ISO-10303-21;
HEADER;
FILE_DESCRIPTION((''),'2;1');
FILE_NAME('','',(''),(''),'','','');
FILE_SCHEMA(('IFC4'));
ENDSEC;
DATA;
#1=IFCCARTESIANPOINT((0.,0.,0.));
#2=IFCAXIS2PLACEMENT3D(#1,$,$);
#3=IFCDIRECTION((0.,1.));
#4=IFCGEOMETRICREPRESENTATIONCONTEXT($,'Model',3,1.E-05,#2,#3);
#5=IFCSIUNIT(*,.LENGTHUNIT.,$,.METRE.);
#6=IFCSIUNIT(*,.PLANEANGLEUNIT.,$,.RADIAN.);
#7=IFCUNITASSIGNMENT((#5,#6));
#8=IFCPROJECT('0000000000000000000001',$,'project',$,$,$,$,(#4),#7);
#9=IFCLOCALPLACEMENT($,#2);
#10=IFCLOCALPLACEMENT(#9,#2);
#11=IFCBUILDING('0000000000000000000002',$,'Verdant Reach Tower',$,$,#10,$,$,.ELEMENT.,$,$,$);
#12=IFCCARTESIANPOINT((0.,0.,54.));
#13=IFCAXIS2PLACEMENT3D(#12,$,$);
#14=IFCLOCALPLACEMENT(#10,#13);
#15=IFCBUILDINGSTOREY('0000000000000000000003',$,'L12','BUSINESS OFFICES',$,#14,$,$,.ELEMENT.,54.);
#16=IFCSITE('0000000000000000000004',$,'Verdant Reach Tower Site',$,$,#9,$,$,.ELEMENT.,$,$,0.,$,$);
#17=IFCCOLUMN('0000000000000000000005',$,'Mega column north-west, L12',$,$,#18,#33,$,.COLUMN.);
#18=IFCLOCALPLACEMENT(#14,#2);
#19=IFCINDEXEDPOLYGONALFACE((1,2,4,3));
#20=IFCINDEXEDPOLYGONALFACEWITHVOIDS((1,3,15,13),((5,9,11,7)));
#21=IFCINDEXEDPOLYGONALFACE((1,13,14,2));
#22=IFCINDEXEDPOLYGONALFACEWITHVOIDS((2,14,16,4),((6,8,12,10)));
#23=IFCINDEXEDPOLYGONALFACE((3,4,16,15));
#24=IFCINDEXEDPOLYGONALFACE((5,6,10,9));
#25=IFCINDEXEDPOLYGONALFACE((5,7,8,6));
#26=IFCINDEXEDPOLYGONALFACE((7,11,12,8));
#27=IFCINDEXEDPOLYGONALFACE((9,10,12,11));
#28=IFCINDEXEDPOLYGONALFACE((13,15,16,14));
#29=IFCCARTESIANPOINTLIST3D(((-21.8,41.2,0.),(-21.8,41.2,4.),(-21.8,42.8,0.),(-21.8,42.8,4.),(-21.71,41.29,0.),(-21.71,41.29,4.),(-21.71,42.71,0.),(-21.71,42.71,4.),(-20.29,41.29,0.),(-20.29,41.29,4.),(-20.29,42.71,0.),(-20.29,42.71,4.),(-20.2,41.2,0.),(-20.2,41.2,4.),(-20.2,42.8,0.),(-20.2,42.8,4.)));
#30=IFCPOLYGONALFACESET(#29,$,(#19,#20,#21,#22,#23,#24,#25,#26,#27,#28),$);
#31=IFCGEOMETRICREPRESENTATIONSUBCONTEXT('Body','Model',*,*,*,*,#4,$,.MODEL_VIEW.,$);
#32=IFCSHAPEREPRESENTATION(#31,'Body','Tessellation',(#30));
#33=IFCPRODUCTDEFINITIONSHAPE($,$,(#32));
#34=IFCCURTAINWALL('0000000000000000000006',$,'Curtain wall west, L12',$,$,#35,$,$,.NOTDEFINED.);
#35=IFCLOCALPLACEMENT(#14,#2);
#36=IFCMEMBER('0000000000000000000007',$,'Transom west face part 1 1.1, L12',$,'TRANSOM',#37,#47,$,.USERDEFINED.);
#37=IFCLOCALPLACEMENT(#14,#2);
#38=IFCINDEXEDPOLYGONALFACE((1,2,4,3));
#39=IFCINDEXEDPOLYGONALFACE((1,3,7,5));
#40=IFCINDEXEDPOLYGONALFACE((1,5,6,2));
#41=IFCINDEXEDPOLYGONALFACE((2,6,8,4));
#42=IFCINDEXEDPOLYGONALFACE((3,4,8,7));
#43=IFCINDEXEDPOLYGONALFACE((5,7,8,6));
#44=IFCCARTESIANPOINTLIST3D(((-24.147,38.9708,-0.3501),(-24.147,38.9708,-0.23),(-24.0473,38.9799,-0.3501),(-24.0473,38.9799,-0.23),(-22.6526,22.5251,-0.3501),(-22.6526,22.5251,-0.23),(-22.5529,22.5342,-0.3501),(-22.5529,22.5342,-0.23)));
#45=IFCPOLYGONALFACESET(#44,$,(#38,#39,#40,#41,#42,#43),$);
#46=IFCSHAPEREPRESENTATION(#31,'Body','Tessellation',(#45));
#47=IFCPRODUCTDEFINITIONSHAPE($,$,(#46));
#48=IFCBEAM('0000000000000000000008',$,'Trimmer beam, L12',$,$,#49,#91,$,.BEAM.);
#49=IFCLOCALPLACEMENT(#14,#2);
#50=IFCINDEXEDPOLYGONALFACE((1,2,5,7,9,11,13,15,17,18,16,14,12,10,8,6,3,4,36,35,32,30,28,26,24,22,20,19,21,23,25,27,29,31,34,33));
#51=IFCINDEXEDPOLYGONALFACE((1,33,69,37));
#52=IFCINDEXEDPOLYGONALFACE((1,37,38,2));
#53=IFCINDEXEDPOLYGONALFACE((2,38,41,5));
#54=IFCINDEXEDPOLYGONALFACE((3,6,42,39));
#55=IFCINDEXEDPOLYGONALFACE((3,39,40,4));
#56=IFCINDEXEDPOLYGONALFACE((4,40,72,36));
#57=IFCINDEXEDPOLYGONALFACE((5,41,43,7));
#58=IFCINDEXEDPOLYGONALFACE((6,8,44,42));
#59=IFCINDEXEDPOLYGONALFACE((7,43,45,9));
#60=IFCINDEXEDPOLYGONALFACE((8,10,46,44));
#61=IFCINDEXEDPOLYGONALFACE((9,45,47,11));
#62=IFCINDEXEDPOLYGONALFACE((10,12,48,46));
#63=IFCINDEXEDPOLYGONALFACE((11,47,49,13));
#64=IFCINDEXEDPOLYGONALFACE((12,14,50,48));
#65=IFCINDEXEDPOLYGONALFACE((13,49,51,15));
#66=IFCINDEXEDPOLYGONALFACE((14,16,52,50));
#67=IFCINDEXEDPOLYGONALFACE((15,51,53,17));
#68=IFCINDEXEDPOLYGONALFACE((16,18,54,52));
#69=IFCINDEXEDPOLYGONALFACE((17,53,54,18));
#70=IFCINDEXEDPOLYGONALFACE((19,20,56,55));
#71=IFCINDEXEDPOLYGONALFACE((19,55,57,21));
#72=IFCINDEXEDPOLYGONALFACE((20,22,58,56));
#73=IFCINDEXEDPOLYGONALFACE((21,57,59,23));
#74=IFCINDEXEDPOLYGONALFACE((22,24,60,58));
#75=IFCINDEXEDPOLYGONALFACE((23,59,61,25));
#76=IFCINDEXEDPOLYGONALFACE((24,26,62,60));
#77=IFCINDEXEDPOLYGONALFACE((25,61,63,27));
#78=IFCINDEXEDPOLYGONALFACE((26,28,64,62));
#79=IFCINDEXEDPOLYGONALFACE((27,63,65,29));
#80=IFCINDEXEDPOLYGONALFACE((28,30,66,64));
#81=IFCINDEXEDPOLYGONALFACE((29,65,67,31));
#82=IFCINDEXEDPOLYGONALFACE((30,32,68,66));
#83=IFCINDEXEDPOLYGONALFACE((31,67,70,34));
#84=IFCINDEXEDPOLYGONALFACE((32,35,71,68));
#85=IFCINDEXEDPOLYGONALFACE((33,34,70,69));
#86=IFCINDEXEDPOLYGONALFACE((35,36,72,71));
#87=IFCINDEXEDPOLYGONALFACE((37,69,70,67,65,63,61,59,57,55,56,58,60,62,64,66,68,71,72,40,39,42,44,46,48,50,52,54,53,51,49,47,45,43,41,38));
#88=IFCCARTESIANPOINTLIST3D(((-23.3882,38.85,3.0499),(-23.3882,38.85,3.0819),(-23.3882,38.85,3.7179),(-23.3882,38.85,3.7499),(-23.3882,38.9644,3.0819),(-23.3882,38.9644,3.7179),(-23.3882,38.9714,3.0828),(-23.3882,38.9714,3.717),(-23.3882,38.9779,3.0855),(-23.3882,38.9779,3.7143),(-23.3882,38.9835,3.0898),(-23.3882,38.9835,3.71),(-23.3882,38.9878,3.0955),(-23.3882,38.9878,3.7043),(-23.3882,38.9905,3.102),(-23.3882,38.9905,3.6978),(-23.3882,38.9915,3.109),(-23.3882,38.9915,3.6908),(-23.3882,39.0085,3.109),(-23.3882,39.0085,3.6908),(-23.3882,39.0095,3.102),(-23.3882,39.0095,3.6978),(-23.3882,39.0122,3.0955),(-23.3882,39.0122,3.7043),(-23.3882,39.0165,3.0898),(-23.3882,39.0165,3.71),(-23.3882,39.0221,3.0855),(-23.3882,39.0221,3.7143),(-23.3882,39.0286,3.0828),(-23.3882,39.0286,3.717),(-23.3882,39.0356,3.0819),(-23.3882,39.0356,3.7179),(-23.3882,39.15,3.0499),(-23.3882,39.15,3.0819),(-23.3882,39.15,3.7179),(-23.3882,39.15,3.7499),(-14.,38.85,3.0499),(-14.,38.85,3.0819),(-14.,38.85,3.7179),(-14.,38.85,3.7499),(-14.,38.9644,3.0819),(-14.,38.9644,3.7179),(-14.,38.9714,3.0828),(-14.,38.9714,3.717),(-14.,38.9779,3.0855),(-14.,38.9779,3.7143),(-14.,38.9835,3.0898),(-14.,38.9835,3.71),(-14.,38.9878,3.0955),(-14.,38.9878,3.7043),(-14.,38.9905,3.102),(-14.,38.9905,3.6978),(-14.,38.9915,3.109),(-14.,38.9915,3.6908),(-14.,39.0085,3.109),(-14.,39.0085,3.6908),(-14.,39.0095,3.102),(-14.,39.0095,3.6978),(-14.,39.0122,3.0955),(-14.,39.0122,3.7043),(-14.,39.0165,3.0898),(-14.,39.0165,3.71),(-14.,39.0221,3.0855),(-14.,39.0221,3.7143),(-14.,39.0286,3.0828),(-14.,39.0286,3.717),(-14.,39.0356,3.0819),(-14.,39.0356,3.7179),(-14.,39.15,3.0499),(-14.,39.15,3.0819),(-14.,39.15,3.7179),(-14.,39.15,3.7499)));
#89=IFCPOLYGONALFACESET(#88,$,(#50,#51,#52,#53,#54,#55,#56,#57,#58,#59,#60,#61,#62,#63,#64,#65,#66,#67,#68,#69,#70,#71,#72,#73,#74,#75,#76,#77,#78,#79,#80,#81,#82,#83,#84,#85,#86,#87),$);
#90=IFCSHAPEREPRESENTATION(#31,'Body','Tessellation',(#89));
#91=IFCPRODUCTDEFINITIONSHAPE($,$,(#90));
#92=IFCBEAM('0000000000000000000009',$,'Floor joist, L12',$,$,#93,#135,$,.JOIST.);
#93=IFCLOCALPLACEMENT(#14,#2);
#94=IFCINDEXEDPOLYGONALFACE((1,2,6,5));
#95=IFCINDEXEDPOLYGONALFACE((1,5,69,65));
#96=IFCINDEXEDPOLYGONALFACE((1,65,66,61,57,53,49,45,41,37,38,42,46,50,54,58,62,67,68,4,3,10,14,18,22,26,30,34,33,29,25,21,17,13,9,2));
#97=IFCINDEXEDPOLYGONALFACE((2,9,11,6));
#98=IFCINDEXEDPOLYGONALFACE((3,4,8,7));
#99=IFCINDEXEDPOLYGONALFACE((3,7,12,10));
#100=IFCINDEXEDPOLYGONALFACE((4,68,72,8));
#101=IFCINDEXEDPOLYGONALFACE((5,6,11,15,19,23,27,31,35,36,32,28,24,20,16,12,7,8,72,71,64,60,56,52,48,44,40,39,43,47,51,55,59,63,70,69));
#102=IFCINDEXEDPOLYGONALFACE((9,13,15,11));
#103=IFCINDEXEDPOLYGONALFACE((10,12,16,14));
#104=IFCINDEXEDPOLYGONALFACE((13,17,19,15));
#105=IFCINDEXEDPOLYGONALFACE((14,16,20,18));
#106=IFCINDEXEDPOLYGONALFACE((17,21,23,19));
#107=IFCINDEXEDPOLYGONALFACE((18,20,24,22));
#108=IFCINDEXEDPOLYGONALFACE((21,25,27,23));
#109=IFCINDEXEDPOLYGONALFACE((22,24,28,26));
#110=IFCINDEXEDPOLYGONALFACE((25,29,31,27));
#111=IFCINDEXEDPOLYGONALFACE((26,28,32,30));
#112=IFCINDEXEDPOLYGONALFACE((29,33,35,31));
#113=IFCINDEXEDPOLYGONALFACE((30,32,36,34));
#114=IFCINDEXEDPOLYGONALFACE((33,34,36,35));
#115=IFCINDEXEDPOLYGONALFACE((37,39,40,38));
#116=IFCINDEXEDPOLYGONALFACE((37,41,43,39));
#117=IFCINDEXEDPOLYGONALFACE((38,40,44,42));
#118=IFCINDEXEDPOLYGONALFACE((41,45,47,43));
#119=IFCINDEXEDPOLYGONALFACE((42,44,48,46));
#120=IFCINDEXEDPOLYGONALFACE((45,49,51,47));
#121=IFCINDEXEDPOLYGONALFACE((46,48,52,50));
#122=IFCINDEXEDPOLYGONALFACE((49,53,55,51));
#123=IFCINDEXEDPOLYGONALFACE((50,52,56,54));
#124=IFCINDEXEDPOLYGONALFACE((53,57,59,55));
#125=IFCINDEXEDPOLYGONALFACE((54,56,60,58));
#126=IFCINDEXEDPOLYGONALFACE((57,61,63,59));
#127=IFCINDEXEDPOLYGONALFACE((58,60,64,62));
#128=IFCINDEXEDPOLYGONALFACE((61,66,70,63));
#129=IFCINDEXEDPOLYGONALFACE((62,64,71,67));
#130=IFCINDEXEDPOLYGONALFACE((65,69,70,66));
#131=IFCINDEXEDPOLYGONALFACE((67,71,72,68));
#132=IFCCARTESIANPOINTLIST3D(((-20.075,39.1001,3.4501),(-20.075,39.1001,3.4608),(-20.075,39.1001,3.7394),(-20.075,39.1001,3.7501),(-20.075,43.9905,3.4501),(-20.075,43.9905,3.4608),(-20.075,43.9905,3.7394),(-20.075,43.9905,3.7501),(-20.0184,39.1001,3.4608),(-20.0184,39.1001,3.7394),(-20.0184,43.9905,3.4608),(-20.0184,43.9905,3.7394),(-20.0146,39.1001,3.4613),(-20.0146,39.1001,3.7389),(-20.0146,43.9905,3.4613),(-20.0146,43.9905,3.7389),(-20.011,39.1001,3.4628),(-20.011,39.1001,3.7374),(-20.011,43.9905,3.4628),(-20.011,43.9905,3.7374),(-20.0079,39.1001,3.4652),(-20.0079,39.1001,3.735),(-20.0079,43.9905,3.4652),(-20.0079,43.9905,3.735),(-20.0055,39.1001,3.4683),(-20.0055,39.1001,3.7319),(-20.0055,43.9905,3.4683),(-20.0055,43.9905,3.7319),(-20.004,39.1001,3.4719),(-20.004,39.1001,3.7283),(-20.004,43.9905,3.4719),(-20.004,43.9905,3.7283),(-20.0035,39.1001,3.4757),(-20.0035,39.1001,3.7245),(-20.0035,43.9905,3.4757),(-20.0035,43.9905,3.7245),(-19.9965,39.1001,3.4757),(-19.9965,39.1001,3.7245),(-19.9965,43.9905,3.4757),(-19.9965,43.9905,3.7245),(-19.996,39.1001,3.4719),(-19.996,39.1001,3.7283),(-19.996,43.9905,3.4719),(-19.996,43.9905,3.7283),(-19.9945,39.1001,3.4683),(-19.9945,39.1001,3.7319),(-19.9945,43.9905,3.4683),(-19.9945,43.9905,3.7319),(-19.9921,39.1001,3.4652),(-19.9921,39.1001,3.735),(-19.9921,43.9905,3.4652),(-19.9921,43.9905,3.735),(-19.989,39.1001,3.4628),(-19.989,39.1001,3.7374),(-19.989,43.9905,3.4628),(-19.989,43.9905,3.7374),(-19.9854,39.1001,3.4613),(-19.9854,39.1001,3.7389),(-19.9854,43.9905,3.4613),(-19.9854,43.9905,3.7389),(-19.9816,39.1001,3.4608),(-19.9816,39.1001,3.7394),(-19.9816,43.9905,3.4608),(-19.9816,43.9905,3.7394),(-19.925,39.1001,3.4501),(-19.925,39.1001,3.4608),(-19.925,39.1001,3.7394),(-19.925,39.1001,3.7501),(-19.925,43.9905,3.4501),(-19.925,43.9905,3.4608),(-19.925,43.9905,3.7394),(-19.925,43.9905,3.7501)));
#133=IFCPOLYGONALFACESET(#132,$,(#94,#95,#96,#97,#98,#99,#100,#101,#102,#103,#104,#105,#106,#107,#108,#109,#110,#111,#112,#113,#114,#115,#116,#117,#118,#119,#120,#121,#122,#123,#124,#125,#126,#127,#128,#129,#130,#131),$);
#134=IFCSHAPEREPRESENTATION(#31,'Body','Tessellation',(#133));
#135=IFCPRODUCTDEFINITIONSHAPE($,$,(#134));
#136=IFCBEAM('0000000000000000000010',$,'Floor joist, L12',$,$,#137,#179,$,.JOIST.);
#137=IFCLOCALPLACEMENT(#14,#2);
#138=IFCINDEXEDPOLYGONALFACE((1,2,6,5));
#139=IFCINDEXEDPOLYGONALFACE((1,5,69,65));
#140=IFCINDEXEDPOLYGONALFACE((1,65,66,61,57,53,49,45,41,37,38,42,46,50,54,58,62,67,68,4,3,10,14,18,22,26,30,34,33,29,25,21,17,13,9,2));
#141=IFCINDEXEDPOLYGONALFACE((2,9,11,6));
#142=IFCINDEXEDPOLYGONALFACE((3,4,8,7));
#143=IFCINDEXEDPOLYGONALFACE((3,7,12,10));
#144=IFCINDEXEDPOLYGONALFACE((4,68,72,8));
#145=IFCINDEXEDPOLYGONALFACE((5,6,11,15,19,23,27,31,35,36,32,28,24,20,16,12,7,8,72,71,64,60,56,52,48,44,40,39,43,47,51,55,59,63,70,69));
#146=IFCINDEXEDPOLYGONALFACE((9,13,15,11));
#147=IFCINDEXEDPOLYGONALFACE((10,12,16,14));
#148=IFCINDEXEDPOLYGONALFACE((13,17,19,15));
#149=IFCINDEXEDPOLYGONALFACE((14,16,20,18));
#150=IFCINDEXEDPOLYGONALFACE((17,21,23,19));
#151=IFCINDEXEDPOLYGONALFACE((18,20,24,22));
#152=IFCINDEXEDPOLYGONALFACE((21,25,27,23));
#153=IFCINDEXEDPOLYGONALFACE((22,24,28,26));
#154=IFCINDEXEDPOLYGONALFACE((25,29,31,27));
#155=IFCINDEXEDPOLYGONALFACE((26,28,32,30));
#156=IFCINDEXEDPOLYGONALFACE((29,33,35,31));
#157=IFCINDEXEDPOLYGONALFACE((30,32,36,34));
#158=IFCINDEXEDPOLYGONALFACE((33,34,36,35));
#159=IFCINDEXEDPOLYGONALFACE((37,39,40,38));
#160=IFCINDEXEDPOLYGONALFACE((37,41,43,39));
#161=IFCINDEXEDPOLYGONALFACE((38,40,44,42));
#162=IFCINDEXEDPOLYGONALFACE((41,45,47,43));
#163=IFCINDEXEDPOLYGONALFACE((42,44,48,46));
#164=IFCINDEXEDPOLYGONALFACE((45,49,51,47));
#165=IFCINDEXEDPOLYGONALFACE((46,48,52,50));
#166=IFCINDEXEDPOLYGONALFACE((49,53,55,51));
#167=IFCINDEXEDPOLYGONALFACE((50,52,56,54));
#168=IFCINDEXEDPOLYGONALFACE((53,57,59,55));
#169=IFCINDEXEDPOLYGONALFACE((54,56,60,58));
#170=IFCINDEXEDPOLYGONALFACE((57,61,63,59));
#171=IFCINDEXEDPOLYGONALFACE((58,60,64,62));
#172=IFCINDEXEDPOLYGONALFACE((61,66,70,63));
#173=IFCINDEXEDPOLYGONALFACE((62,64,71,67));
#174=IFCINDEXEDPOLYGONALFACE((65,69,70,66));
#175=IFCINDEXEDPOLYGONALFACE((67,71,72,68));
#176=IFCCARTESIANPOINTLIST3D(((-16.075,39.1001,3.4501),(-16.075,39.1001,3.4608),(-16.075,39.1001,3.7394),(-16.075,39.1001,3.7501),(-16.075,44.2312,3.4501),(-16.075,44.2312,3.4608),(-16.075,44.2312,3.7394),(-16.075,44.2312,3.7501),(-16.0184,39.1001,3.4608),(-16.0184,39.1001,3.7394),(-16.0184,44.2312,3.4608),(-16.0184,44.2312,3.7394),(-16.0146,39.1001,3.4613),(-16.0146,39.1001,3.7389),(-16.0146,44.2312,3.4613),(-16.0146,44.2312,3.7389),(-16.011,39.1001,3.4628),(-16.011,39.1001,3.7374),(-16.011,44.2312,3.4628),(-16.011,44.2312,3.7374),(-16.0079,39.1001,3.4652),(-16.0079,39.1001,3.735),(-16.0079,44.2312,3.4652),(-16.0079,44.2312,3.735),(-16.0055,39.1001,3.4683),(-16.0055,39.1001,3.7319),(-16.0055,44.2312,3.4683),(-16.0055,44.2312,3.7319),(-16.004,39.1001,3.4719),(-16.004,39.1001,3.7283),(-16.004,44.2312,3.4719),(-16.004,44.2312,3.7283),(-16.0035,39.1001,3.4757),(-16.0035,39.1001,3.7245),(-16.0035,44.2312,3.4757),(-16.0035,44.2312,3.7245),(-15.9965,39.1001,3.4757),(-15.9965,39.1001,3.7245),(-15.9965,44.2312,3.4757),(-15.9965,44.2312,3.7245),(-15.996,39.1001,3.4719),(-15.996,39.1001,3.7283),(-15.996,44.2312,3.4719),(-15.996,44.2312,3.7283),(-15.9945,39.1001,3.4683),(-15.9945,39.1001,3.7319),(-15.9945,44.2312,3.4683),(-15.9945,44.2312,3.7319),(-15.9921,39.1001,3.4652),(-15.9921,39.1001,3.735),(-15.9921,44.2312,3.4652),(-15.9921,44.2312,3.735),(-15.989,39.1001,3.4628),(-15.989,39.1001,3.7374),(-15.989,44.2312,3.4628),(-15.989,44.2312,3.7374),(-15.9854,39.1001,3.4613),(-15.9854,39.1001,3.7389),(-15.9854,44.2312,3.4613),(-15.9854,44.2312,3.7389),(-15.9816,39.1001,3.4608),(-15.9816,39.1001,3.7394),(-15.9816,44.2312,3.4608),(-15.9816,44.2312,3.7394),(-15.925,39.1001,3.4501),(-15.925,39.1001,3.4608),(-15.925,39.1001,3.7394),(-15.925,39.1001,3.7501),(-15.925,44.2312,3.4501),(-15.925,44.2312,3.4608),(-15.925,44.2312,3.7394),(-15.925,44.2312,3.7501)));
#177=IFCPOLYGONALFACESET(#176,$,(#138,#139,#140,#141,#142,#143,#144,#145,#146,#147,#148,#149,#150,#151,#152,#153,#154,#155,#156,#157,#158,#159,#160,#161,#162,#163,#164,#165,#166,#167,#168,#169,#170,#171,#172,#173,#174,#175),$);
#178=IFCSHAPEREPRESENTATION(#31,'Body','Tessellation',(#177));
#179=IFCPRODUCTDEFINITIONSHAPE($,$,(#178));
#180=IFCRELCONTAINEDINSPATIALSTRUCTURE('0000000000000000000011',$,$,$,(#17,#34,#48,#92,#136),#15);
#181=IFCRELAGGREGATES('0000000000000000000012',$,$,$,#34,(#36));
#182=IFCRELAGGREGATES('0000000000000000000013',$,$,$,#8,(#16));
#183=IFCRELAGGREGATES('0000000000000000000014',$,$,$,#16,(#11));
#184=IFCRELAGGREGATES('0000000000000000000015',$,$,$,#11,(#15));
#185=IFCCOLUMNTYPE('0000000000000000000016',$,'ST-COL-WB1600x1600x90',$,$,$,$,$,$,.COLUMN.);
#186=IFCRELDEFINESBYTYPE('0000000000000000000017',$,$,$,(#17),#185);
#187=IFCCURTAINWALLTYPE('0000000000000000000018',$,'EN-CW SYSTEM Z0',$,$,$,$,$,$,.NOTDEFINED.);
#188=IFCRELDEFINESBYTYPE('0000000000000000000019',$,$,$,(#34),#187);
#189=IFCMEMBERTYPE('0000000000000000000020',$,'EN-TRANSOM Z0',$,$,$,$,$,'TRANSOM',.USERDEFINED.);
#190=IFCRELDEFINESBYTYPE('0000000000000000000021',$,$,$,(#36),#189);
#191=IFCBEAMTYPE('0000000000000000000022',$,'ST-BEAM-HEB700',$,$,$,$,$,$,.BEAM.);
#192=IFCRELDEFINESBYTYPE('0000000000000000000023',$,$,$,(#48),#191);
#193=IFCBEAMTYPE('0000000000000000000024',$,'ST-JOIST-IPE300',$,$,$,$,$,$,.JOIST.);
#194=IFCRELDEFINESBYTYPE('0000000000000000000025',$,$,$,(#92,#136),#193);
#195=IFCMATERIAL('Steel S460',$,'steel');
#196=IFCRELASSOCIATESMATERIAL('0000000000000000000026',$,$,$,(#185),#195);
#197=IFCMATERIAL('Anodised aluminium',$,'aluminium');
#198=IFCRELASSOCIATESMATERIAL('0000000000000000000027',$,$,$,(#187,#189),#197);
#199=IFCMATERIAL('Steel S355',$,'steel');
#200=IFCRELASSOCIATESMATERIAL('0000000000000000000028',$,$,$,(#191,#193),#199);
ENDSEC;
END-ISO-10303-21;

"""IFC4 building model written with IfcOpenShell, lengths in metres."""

from ifc_helpers import new_model, si_unit, direction, frame, origin, origin_2d, place, context, subcontext, project, spatial, rectangle, hollow_rectangle, i_section, extrude, material, material_profile, profile_set, type_object, element, aggregate, save


model = new_model("IFC4")

# Units and contexts
model_context = context("Model", 3, precision=1e-05, world=origin(), true_north=direction((0.0, 1.0)))
body_context = subcontext(model_context, "Body", "Model", "MODEL_VIEW")
ifc_project = project(units=[si_unit("LENGTHUNIT", "METRE"), si_unit("PLANEANGLEUNIT", "RADIAN")], contexts=[model_context])

# Site, building, storey
site_placement = place(None, origin())
site = spatial("IfcSite", under=ifc_project, at=site_placement, Name="Verdant Reach Tower Site", CompositionType="ELEMENT", RefElevation=0.0)
building_placement = place(site_placement, origin())
building = spatial("IfcBuilding", under=site, at=building_placement, Name="Verdant Reach Tower", CompositionType="ELEMENT")
storey_placement = place(building_placement, frame((0.0, 0.0, 54.0)))
storey = spatial("IfcBuildingStorey", under=building, at=storey_placement, Name="L12", Description="BUSINESS OFFICES", CompositionType="ELEMENT", Elevation=54.0)

# Column
ifc_material_1 = material(Name="Steel S460", Category="steel")
ifc_material_profile_1 = material_profile(ifc_material_1, hollow_rectangle(XDim=1.6001, YDim=1.6001, WallThickness=0.0901, at=origin_2d()), Name="WB 1600x1600x90")
ifc_profile_set_1 = profile_set([ifc_material_profile_1], Name="Steel S460")
column_type = type_object("IfcColumnType", Name="ST-COL-WB1600x1600x90", PredefinedType="COLUMN", material=ifc_profile_set_1)
column_placement = place(storey_placement, frame((-21.0, 42.0, 0.0), z_axis=(0.0, 0.0, 1.0), x_axis=(1.0, 0.0, 0.0)))
element("IfcColumn", 1, at=column_placement, inside=storey, type_object=column_type, Name="Mega column north-west, L12", PredefinedType="COLUMN", context=body_context, shape_type="SweptSolid", body=[
    extrude(hollow_rectangle(XDim=1.6001, YDim=1.6001, WallThickness=0.0901, at=origin_2d()), origin(), (0.0, 0.0, 1.0), 4.0),
])

# Curtain wall, member
ifc_material_2 = material(Name="Anodised aluminium", Category="aluminium")
curtain_wall_type = type_object("IfcCurtainWallType", Name="EN-CW SYSTEM Z0", PredefinedType="NOTDEFINED", material=ifc_material_2)
curtain_wall_1_placement = place(storey_placement, origin())
curtain_wall_1 = element("IfcCurtainWall", 2, at=curtain_wall_1_placement, inside=storey, type_object=curtain_wall_type, Name="Curtain wall west, L12", PredefinedType="NOTDEFINED")
ifc_material_profile_2 = material_profile(ifc_material_2, rectangle(XDim=0.1001, YDim=0.1201, at=origin_2d()), Name="Transom 120x100")
ifc_profile_set_2 = profile_set([ifc_material_profile_2], Name="Anodised aluminium")
member_type = type_object("IfcMemberType", Name="EN-TRANSOM Z0", ElementType="TRANSOM", PredefinedType="USERDEFINED", material=ifc_profile_set_2)
member_placement = place(storey_placement, frame((-24.0972, 38.9753, -0.29), z_axis=(0.090496, -0.995897, 0.0), x_axis=(0.995897, 0.090496, 0.0)))
member = element("IfcMember", 3, at=member_placement, type_object=member_type, Name="Transom west face part 1 1.1, L12", ObjectType="TRANSOM", PredefinedType="USERDEFINED", context=body_context, shape_type="SweptSolid", body=[
    extrude(rectangle(XDim=0.1001, YDim=0.1201, at=origin_2d()), origin(), (0.0, 0.0, 1.0), 16.5134),
])
aggregate(curtain_wall_1, [member])

# Beams
ifc_material_3 = material(Name="Steel S355", Category="steel")
ifc_material_profile_3 = material_profile(ifc_material_3, i_section(OverallWidth=0.3, OverallDepth=0.7, WebThickness=0.0171, FlangeThickness=0.032, FilletRadius=0.0271, at=origin_2d()), Name="HEB 700")
ifc_profile_set_3 = profile_set([ifc_material_profile_3], Name="Steel S355")
beam_type_1 = type_object("IfcBeamType", Name="ST-BEAM-HEB700", PredefinedType="BEAM", material=ifc_profile_set_3)
beam_1_placement = place(storey_placement, frame((-14.0, 39.0, 3.3999), z_axis=(-1.0, 0.0, 0.0), x_axis=(0.0, -1.0, 0.0)))
element("IfcBeam", 4, at=beam_1_placement, inside=storey, type_object=beam_type_1, Name="Trimmer beam, L12", PredefinedType="BEAM", context=body_context, shape_type="SweptSolid", body=[
    extrude(i_section(OverallWidth=0.3, OverallDepth=0.7, WebThickness=0.0171, FlangeThickness=0.032, FilletRadius=0.0271, at=origin_2d()), origin(), (0.0, 0.0, 1.0), 9.3882),
])
ifc_material_profile_4 = material_profile(ifc_material_3, i_section(OverallWidth=0.1499, OverallDepth=0.3, WebThickness=0.0071, FlangeThickness=0.0107, FilletRadius=0.0149, at=origin_2d()), Name="IPE 300")
ifc_profile_set_4 = profile_set([ifc_material_profile_4], Name="Steel S355")
beam_type_2 = type_object("IfcBeamType", Name="ST-JOIST-IPE300", PredefinedType="JOIST", material=ifc_profile_set_4)
beam_2_placement = place(storey_placement, frame((-20.0, 39.1001, 3.6001), z_axis=(0.0, 1.0, 0.0), x_axis=(-1.0, 0.0, 0.0)))
element("IfcBeam", 5, at=beam_2_placement, inside=storey, type_object=beam_type_2, Name="Floor joist, L12", PredefinedType="JOIST", context=body_context, shape_type="SweptSolid", body=[
    extrude(i_section(OverallWidth=0.1499, OverallDepth=0.3, WebThickness=0.0071, FlangeThickness=0.0107, FilletRadius=0.0149, at=origin_2d()), origin(), (0.0, 0.0, 1.0), 4.8904),
])
beam_3_placement = place(storey_placement, frame((-16.0, 39.1001, 3.6001), z_axis=(0.0, 1.0, 0.0), x_axis=(-1.0, 0.0, 0.0)))
element("IfcBeam", 6, at=beam_3_placement, inside=storey, type_object=beam_type_2, Name="Floor joist, L12", PredefinedType="JOIST", context=body_context, shape_type="SweptSolid", body=[
    extrude(i_section(OverallWidth=0.1499, OverallDepth=0.3, WebThickness=0.0071, FlangeThickness=0.0107, FilletRadius=0.0149, at=origin_2d()), origin(), (0.0, 0.0, 1.0), 5.1311),
])

save(model, "model.ifc")
